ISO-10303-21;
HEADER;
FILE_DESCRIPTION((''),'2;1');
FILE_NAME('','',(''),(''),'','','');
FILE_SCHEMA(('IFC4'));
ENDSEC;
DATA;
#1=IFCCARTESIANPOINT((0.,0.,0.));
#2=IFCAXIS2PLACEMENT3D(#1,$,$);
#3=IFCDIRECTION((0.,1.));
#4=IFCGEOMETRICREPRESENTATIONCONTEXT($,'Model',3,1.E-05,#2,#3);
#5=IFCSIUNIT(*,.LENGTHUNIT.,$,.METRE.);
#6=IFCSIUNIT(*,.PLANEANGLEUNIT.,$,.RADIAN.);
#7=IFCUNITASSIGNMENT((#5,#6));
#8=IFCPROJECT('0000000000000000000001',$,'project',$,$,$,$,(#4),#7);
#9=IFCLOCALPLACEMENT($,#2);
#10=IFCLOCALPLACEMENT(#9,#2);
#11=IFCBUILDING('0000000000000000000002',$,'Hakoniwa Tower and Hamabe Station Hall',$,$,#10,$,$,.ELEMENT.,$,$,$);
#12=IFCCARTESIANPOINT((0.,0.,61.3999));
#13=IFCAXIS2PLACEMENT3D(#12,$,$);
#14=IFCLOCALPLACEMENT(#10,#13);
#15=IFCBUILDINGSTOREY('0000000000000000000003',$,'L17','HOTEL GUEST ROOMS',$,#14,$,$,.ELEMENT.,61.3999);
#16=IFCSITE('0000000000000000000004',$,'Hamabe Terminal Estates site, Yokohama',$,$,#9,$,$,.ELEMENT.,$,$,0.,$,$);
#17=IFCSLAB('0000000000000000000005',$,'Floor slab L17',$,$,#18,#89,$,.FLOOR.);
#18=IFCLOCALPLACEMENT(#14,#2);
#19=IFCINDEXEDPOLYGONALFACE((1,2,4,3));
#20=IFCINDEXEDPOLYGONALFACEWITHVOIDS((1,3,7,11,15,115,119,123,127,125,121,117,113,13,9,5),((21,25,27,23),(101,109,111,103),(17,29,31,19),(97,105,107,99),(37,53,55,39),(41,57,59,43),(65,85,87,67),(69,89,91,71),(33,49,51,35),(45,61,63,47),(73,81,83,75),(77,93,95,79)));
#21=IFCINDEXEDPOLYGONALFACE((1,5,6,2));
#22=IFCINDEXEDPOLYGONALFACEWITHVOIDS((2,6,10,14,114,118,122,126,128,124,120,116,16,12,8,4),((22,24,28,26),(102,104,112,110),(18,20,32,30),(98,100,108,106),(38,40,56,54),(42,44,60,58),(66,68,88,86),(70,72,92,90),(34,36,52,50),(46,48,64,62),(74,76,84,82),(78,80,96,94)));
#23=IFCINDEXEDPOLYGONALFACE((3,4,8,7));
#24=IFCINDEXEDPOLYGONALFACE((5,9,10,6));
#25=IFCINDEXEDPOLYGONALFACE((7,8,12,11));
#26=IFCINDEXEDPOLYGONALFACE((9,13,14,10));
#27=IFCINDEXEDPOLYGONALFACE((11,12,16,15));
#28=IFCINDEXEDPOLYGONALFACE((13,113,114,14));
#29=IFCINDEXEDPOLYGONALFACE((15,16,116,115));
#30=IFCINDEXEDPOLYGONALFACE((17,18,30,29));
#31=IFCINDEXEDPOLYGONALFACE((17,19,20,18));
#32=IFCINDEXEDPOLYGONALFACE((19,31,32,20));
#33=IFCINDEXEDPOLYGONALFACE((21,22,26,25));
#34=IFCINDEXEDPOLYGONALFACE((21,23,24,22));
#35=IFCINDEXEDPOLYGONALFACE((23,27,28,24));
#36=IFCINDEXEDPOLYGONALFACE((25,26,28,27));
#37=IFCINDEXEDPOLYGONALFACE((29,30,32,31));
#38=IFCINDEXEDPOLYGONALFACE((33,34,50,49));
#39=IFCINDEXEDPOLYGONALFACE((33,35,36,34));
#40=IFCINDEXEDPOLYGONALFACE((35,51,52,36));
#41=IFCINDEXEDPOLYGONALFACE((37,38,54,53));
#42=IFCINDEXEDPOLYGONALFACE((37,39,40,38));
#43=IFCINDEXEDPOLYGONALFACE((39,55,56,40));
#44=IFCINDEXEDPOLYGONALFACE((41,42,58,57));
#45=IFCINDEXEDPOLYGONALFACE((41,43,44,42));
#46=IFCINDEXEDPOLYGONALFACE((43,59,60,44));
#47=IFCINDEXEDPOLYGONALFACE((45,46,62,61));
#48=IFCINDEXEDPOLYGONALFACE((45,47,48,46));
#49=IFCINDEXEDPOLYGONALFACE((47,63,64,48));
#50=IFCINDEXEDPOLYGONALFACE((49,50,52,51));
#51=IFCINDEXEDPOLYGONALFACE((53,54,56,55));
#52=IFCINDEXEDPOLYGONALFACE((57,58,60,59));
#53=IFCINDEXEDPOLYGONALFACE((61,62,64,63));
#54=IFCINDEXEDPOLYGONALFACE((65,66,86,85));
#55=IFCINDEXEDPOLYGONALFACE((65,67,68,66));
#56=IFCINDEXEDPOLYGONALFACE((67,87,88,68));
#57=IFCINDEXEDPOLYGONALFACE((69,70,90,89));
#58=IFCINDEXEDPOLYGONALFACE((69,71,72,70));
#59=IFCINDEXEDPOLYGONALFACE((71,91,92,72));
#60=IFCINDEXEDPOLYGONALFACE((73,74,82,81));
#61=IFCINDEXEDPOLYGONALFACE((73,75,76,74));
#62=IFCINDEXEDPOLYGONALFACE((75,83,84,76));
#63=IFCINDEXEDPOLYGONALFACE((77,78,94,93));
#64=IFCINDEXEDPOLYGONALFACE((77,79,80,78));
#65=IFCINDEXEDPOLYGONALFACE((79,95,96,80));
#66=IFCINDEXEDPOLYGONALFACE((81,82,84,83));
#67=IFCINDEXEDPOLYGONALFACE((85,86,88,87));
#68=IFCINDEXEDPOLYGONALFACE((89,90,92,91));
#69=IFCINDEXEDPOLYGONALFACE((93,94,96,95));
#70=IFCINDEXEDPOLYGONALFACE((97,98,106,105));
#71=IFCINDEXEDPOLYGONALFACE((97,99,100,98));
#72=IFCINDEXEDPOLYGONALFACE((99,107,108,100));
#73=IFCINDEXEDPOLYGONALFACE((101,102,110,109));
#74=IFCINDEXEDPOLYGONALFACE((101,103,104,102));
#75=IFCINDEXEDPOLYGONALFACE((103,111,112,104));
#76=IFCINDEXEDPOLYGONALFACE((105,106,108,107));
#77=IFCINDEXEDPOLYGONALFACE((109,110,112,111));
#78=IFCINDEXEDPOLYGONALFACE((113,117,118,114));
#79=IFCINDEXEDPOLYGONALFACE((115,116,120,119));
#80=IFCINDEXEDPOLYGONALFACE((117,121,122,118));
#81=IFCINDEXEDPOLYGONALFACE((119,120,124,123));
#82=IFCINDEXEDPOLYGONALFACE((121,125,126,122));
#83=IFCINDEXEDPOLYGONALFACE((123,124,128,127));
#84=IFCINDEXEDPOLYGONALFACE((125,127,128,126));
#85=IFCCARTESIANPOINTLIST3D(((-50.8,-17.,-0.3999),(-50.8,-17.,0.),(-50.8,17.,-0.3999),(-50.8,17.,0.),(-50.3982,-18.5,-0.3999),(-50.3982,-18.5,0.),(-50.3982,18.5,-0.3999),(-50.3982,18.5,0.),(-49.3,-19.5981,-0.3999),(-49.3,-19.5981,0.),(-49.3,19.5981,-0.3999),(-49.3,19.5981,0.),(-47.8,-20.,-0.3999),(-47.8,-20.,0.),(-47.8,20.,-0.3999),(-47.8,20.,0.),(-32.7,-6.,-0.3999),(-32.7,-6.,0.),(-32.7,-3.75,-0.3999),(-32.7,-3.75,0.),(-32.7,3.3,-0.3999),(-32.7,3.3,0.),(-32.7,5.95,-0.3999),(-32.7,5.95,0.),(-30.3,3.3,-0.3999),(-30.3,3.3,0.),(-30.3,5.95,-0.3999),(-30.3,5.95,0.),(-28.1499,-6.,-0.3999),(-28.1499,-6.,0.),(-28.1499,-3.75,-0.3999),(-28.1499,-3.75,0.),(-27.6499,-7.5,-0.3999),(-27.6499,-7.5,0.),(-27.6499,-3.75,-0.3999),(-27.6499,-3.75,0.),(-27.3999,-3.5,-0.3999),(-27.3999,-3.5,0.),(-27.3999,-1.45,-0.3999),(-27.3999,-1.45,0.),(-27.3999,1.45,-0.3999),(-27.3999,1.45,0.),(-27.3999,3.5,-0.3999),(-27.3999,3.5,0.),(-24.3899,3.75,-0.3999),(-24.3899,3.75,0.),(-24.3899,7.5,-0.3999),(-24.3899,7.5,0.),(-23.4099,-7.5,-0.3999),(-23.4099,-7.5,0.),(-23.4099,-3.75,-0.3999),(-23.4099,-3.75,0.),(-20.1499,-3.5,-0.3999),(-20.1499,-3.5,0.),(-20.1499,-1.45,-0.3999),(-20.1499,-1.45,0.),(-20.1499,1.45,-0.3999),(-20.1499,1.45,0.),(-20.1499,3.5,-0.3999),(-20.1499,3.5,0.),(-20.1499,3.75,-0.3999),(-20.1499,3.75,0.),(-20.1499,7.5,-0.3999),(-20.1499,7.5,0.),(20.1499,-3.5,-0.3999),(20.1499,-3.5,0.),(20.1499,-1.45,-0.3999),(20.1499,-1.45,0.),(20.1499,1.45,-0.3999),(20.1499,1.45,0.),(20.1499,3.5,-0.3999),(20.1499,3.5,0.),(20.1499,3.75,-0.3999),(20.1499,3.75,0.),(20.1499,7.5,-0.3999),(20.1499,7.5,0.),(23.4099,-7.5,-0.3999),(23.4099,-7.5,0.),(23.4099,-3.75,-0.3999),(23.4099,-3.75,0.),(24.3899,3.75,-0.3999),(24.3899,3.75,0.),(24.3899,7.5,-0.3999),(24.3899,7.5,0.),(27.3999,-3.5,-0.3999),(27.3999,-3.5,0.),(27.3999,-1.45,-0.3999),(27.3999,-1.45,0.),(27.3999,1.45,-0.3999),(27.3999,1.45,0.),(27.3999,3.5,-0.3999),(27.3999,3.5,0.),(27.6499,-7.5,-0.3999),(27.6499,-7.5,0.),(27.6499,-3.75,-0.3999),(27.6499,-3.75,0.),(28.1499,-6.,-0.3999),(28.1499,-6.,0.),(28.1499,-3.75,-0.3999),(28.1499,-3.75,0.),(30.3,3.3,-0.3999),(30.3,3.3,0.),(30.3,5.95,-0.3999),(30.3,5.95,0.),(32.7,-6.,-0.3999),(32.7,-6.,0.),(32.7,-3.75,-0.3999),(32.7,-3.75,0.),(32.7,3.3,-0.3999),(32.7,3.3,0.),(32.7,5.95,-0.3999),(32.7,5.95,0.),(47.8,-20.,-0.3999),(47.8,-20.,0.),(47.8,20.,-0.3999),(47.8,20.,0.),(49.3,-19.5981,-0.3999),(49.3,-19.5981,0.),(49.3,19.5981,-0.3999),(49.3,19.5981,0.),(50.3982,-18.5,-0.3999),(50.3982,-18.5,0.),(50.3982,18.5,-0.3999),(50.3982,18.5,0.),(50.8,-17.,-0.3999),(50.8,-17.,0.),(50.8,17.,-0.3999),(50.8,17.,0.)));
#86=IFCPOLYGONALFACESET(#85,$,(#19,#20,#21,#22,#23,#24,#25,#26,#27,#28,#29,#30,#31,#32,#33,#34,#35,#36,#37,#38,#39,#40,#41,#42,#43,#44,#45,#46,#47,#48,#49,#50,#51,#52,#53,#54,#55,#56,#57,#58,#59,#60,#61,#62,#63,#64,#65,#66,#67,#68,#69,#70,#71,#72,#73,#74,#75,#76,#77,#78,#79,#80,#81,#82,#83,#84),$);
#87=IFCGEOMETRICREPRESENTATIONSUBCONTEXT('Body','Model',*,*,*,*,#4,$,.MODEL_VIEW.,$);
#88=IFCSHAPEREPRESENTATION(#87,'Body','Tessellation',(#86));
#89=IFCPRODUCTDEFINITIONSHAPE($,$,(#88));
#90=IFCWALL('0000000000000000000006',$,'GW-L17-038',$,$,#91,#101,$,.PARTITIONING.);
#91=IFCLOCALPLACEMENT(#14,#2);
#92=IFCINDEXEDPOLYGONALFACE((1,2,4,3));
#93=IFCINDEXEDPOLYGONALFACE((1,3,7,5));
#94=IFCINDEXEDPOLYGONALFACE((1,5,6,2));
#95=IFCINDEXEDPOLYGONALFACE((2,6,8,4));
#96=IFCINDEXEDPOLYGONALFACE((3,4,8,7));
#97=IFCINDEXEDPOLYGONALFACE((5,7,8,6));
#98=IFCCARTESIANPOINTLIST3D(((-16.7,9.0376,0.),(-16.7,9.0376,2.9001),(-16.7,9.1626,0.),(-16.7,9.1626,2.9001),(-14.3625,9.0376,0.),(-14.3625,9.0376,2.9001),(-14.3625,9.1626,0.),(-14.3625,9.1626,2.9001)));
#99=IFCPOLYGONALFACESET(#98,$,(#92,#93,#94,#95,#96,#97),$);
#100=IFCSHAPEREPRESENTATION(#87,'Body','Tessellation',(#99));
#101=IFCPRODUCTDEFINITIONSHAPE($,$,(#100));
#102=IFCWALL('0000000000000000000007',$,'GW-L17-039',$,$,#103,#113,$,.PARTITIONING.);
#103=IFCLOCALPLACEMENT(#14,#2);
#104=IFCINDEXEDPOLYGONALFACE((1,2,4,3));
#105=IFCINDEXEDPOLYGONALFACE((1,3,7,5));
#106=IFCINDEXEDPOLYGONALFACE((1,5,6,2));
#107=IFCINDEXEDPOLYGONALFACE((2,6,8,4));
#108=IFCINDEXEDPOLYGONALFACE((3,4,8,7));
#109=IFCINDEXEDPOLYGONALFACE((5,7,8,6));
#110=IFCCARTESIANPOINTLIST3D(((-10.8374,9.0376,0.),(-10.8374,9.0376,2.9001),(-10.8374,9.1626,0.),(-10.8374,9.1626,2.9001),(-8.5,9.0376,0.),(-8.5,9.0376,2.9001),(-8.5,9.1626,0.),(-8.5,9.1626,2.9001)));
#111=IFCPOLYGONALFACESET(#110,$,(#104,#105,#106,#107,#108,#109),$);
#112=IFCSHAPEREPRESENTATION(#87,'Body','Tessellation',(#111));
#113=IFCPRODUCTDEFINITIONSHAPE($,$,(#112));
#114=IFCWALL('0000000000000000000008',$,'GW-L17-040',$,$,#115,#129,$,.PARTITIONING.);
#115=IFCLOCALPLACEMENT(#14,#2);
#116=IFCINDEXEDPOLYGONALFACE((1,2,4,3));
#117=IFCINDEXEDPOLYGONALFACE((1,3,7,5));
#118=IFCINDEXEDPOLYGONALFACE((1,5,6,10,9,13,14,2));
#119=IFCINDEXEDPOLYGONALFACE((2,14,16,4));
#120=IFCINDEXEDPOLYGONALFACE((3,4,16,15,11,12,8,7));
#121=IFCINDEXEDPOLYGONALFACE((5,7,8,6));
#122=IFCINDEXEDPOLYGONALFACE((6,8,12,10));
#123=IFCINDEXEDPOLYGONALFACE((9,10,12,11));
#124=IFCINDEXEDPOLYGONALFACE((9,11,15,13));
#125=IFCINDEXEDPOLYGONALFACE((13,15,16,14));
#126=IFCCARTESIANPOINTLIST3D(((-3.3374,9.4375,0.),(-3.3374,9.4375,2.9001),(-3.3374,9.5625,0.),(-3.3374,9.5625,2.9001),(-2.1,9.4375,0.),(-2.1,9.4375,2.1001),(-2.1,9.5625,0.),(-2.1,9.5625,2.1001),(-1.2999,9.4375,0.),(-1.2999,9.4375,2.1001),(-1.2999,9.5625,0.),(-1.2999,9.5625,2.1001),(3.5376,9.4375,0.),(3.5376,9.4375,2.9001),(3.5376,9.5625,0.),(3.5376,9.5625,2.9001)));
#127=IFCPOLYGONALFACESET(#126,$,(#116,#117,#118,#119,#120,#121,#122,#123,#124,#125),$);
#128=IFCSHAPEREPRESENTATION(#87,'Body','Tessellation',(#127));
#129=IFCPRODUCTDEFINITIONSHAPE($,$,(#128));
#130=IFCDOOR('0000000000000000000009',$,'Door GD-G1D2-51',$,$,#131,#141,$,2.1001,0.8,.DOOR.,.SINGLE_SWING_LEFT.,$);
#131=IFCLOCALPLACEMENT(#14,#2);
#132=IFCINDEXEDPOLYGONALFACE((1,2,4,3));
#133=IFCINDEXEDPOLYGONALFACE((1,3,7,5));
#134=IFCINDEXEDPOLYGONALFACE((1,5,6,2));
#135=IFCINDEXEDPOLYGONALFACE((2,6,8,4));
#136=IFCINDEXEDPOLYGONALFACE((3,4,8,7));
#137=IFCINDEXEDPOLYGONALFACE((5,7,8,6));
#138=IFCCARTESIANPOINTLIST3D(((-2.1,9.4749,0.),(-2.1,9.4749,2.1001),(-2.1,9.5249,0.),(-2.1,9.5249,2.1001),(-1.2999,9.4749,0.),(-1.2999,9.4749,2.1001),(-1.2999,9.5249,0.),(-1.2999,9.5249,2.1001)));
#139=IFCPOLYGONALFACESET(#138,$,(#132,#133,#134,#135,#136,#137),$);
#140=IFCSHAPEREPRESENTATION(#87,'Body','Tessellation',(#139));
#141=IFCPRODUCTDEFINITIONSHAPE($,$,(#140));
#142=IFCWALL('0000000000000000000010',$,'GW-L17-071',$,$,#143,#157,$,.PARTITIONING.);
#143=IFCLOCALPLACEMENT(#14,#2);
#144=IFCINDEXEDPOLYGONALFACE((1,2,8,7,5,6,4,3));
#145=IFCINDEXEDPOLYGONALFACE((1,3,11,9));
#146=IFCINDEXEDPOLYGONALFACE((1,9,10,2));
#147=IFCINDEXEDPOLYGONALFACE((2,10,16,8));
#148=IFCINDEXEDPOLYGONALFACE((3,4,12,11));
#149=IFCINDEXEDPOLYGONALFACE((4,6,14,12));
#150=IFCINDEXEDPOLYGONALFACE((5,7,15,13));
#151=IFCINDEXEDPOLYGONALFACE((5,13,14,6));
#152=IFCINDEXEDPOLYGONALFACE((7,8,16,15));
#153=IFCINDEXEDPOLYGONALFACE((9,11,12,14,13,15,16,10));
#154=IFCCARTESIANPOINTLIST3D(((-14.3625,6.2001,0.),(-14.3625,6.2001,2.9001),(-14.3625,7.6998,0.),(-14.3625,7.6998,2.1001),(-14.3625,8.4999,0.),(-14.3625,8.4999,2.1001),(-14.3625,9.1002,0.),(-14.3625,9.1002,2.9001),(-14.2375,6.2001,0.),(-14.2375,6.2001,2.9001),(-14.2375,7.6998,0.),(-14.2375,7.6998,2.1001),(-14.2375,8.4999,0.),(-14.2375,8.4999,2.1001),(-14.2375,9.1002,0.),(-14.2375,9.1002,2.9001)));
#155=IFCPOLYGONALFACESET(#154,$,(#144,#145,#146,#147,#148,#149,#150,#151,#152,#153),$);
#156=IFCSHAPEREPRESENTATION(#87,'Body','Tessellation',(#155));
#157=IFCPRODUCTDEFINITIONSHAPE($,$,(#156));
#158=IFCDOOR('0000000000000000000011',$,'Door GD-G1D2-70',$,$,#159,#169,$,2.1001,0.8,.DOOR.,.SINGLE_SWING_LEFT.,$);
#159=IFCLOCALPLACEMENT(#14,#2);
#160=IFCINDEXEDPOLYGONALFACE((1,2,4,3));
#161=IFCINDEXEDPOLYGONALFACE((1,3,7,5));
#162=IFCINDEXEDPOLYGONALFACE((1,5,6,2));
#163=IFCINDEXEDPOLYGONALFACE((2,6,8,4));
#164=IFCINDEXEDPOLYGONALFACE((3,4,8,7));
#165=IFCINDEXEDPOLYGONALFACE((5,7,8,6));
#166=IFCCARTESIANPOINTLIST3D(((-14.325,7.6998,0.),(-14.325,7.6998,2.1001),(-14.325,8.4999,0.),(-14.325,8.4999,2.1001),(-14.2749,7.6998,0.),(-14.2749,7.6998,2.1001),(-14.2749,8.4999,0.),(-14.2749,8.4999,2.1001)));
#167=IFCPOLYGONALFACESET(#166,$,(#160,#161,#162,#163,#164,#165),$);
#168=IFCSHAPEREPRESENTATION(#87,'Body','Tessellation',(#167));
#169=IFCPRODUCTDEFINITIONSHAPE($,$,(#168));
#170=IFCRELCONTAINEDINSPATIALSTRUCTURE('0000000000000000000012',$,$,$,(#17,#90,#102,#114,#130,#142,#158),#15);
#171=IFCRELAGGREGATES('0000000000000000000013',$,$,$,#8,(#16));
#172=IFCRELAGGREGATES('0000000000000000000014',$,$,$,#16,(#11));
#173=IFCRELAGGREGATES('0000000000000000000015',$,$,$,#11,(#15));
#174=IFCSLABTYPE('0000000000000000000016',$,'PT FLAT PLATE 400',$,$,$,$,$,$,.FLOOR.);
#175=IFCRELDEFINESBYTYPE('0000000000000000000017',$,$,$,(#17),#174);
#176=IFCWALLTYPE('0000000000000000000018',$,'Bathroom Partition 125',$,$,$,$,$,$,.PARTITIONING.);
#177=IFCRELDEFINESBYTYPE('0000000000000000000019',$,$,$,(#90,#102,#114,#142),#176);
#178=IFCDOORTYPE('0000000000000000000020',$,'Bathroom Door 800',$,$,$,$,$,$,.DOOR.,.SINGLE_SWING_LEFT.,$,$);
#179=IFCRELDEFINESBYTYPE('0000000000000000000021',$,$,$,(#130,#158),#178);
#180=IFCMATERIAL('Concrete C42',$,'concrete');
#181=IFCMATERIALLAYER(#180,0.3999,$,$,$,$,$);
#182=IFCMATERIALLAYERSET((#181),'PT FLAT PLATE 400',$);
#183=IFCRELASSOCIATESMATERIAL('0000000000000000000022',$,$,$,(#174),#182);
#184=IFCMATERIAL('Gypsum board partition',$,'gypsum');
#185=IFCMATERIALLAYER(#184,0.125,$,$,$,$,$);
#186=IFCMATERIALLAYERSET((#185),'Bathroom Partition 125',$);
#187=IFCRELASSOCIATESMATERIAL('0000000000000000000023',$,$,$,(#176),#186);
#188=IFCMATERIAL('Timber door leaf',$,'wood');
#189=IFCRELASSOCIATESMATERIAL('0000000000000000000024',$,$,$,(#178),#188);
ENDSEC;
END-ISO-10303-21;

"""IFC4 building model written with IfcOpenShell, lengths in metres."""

from ifc_helpers import new_model, si_unit, direction, frame, frame_2d, origin, place, context, subcontext, project, spatial, polyline, rectangle, outline, extrude, material, layer, layer_set, type_object, element, fill, save


model = new_model("IFC4")

# Units and contexts
model_context = context("Model", 3, precision=1e-05, world=origin(), true_north=direction((0.0, 1.0)))
body_context = subcontext(model_context, "Body", "Model", "MODEL_VIEW")
ifc_project = project(units=[si_unit("LENGTHUNIT", "METRE"), si_unit("PLANEANGLEUNIT", "RADIAN")], contexts=[model_context])

# Site, building, storey
site_placement = place(None, origin())
site = spatial("IfcSite", under=ifc_project, at=site_placement, Name="Hamabe Terminal Estates site, Yokohama", CompositionType="ELEMENT", RefElevation=0.0)
building_placement = place(site_placement, origin())
building = spatial("IfcBuilding", under=site, at=building_placement, Name="Hakoniwa Tower and Hamabe Station Hall", CompositionType="ELEMENT")
storey_placement = place(building_placement, frame((0.0, 0.0, 61.3999)))
storey = spatial("IfcBuildingStorey", under=building, at=storey_placement, Name="L17", Description="HOTEL GUEST ROOMS", CompositionType="ELEMENT", Elevation=61.3999)

# Slab
ifc_material_1 = material(Name="Concrete C42", Category="concrete")
ifc_layer_1 = layer(ifc_material_1, 0.3999)
ifc_layer_set_1 = layer_set([ifc_layer_1], Name="PT FLAT PLATE 400")
slab_type = type_object("IfcSlabType", Name="PT FLAT PLATE 400", PredefinedType="FLOOR", material=ifc_layer_set_1)
slab_placement = place(storey_placement, frame((0.0, 0.0, -0.3999)))
element("IfcSlab", 1, at=slab_placement, inside=storey, type_object=slab_type, Name="Floor slab L17", PredefinedType="FLOOR", context=body_context, shape_type="SweptSolid", body=[
    extrude(outline(polyline([(50.8, -17.0), (50.8, 17.0), (50.3982, 18.5), (49.3, 19.5981), (47.8, 20.0), (-47.8, 20.0), (-49.3, 19.5981), (-50.3982, 18.5), (-50.8, 17.0), (-50.8, -17.0), (-50.3982, -18.5), (-49.3, -19.5981), (-47.8, -20.0), (47.8, -20.0), (49.3, -19.5981), (50.3982, -18.5), (50.8, -17.0)]), holes=[polyline([(-27.3999, 1.45), (-27.3999, 3.5), (-20.1499, 3.5), (-20.1499, 1.45), (-27.3999, 1.45)]), polyline([(-27.3999, -3.5), (-27.3999, -1.45), (-20.1499, -1.45), (-20.1499, -3.5), (-27.3999, -3.5)]), polyline([(-32.7, 3.3), (-32.7, 5.95), (-30.3, 5.95), (-30.3, 3.3), (-32.7, 3.3)]), polyline([(-32.7, -6.0), (-32.7, -3.75), (-28.1499, -3.75), (-28.1499, -6.0), (-32.7, -6.0)]), polyline([(-24.3899, 3.75), (-24.3899, 7.5), (-20.1499, 7.5), (-20.1499, 3.75), (-24.3899, 3.75)]), polyline([(-27.6499, -7.5), (-27.6499, -3.75), (-23.4099, -3.75), (-23.4099, -7.5), (-27.6499, -7.5)]), polyline([(20.1499, 1.45), (20.1499, 3.5), (27.3999, 3.5), (27.3999, 1.45), (20.1499, 1.45)]), polyline([(20.1499, -3.5), (20.1499, -1.45), (27.3999, -1.45), (27.3999, -3.5), (20.1499, -3.5)]), polyline([(30.3, 3.3), (30.3, 5.95), (32.7, 5.95), (32.7, 3.3), (30.3, 3.3)]), polyline([(28.1499, -6.0), (28.1499, -3.75), (32.7, -3.75), (32.7, -6.0), (28.1499, -6.0)]), polyline([(20.1499, 3.75), (20.1499, 7.5), (24.3899, 7.5), (24.3899, 3.75), (20.1499, 3.75)]), polyline([(23.4099, -7.5), (23.4099, -3.75), (27.6499, -3.75), (27.6499, -7.5), (23.4099, -7.5)])]), origin(), (0.0, 0.0, 1.0), 0.3999),
])

# Walls
ifc_material_2 = material(Name="Gypsum board partition", Category="gypsum")
ifc_layer_2 = layer(ifc_material_2, 0.125)
ifc_layer_set_2 = layer_set([ifc_layer_2], Name="Bathroom Partition 125")
wall_type_1 = type_object("IfcWallType", Name="Bathroom Partition 125", PredefinedType="PARTITIONING", material=ifc_layer_set_2)
for number, where, z_axis, x_axis, name in (
    (2, (-16.7, 9.1001, 0.0), (0.0, 0.0, 1.0), (1.0, 0.0, 0.0), "GW-L17-038"),
    (3, (-10.8374, 9.1001, 0.0), (0.0, 0.0, 1.0), (1.0, 0.0, 0.0), "GW-L17-039"),
):
    element("IfcWall", number, at=place(storey_placement, frame(where, z_axis=z_axis, x_axis=x_axis)), inside=storey, type_object=wall_type_1, Name=name, PredefinedType="PARTITIONING", context=body_context, shape_type="SweptSolid", body=[
        extrude(rectangle(XDim=2.3374, YDim=0.125, at=frame_2d((1.1687, 0.0))), origin(), (0.0, 0.0, 1.0), 2.9001),
    ])

# Walls, openings, doors
wall_1_placement = place(storey_placement, frame((-3.3374, 9.5, 0.0), z_axis=(0.0, 0.0, 1.0), x_axis=(1.0, 0.0, 0.0)))
wall_1 = element("IfcWall", 4, at=wall_1_placement, inside=storey, type_object=wall_type_1, Name="GW-L17-040", PredefinedType="PARTITIONING", context=body_context, shape_type="SweptSolid", body=[
    extrude(rectangle(XDim=6.875, YDim=0.125, at=frame_2d((3.4375, 0.0))), origin(), (0.0, 0.0, 1.0), 2.9001),
])
opening_1_placement = place(wall_1_placement, frame((1.2375, 0.0, 0.0)))
opening_1 = element("IfcOpeningElement", 5, at=opening_1_placement, cuts=wall_1, PredefinedType="OPENING", context=body_context, shape_type="SweptSolid", body=[
    extrude(rectangle(XDim=0.8, YDim=2.1001, at=frame_2d((0.3999, 1.05))), frame((0.0, 0.0725, 0.0), z_axis=(0.0, -1.0, 0.0), x_axis=(1.0, 0.0, 0.0)), (0.0, 0.0, 1.0), 0.145),
])
ifc_material_3 = material(Name="Timber door leaf", Category="wood")
door_type = type_object("IfcDoorType", Name="Bathroom Door 800", OperationType="SINGLE_SWING_LEFT", PredefinedType="DOOR", material=ifc_material_3)
door_1_placement = place(opening_1_placement, origin())
door_1 = element("IfcDoor", 6, at=door_1_placement, inside=storey, type_object=door_type, Name="Door GD-G1D2-51", OperationType="SINGLE_SWING_LEFT", OverallHeight=2.1001, OverallWidth=0.8, PredefinedType="DOOR", context=body_context, shape_type="SweptSolid", body=[
    extrude(rectangle(XDim=0.8, YDim=2.1001, at=frame_2d((0.3999, 1.05))), frame((0.0, 0.0249, 0.0), z_axis=(0.0, -1.0, 0.0), x_axis=(1.0, 0.0, 0.0)), (0.0, 0.0, 1.0), 0.05),
])
fill(opening_1, door_1)
wall_2_placement = place(storey_placement, frame((-14.3, 6.2, 0.0), z_axis=(0.0, 0.0, 1.0), x_axis=(0.0, 1.0, 0.0)))
wall_2 = element("IfcWall", 7, at=wall_2_placement, inside=storey, type_object=wall_type_1, Name="GW-L17-071", PredefinedType="PARTITIONING", context=body_context, shape_type="SweptSolid", body=[
    extrude(rectangle(XDim=2.9001, YDim=0.125, at=frame_2d((1.4502, 0.0))), origin(), (0.0, 0.0, 1.0), 2.9001),
])
opening_2_placement = place(wall_2_placement, frame((1.5, 0.0, 0.0)))
opening_2 = element("IfcOpeningElement", 8, at=opening_2_placement, cuts=wall_2, PredefinedType="OPENING", context=body_context, shape_type="SweptSolid", body=[
    extrude(rectangle(XDim=0.8, YDim=2.1001, at=frame_2d((0.3999, 1.05))), frame((0.0, 0.0725, 0.0), z_axis=(0.0, -1.0, 0.0), x_axis=(1.0, 0.0, 0.0)), (0.0, 0.0, 1.0), 0.145),
])
door_2_placement = place(opening_2_placement, origin())
door_2 = element("IfcDoor", 9, at=door_2_placement, inside=storey, type_object=door_type, Name="Door GD-G1D2-70", OperationType="SINGLE_SWING_LEFT", OverallHeight=2.1001, OverallWidth=0.8, PredefinedType="DOOR", context=body_context, shape_type="SweptSolid", body=[
    extrude(rectangle(XDim=0.8, YDim=2.1001, at=frame_2d((0.3999, 1.05))), frame((0.0, 0.0249, 0.0), z_axis=(0.0, -1.0, 0.0), x_axis=(1.0, 0.0, 0.0)), (0.0, 0.0, 1.0), 0.05),
])
fill(opening_2, door_2)

save(model, "model.ifc")
